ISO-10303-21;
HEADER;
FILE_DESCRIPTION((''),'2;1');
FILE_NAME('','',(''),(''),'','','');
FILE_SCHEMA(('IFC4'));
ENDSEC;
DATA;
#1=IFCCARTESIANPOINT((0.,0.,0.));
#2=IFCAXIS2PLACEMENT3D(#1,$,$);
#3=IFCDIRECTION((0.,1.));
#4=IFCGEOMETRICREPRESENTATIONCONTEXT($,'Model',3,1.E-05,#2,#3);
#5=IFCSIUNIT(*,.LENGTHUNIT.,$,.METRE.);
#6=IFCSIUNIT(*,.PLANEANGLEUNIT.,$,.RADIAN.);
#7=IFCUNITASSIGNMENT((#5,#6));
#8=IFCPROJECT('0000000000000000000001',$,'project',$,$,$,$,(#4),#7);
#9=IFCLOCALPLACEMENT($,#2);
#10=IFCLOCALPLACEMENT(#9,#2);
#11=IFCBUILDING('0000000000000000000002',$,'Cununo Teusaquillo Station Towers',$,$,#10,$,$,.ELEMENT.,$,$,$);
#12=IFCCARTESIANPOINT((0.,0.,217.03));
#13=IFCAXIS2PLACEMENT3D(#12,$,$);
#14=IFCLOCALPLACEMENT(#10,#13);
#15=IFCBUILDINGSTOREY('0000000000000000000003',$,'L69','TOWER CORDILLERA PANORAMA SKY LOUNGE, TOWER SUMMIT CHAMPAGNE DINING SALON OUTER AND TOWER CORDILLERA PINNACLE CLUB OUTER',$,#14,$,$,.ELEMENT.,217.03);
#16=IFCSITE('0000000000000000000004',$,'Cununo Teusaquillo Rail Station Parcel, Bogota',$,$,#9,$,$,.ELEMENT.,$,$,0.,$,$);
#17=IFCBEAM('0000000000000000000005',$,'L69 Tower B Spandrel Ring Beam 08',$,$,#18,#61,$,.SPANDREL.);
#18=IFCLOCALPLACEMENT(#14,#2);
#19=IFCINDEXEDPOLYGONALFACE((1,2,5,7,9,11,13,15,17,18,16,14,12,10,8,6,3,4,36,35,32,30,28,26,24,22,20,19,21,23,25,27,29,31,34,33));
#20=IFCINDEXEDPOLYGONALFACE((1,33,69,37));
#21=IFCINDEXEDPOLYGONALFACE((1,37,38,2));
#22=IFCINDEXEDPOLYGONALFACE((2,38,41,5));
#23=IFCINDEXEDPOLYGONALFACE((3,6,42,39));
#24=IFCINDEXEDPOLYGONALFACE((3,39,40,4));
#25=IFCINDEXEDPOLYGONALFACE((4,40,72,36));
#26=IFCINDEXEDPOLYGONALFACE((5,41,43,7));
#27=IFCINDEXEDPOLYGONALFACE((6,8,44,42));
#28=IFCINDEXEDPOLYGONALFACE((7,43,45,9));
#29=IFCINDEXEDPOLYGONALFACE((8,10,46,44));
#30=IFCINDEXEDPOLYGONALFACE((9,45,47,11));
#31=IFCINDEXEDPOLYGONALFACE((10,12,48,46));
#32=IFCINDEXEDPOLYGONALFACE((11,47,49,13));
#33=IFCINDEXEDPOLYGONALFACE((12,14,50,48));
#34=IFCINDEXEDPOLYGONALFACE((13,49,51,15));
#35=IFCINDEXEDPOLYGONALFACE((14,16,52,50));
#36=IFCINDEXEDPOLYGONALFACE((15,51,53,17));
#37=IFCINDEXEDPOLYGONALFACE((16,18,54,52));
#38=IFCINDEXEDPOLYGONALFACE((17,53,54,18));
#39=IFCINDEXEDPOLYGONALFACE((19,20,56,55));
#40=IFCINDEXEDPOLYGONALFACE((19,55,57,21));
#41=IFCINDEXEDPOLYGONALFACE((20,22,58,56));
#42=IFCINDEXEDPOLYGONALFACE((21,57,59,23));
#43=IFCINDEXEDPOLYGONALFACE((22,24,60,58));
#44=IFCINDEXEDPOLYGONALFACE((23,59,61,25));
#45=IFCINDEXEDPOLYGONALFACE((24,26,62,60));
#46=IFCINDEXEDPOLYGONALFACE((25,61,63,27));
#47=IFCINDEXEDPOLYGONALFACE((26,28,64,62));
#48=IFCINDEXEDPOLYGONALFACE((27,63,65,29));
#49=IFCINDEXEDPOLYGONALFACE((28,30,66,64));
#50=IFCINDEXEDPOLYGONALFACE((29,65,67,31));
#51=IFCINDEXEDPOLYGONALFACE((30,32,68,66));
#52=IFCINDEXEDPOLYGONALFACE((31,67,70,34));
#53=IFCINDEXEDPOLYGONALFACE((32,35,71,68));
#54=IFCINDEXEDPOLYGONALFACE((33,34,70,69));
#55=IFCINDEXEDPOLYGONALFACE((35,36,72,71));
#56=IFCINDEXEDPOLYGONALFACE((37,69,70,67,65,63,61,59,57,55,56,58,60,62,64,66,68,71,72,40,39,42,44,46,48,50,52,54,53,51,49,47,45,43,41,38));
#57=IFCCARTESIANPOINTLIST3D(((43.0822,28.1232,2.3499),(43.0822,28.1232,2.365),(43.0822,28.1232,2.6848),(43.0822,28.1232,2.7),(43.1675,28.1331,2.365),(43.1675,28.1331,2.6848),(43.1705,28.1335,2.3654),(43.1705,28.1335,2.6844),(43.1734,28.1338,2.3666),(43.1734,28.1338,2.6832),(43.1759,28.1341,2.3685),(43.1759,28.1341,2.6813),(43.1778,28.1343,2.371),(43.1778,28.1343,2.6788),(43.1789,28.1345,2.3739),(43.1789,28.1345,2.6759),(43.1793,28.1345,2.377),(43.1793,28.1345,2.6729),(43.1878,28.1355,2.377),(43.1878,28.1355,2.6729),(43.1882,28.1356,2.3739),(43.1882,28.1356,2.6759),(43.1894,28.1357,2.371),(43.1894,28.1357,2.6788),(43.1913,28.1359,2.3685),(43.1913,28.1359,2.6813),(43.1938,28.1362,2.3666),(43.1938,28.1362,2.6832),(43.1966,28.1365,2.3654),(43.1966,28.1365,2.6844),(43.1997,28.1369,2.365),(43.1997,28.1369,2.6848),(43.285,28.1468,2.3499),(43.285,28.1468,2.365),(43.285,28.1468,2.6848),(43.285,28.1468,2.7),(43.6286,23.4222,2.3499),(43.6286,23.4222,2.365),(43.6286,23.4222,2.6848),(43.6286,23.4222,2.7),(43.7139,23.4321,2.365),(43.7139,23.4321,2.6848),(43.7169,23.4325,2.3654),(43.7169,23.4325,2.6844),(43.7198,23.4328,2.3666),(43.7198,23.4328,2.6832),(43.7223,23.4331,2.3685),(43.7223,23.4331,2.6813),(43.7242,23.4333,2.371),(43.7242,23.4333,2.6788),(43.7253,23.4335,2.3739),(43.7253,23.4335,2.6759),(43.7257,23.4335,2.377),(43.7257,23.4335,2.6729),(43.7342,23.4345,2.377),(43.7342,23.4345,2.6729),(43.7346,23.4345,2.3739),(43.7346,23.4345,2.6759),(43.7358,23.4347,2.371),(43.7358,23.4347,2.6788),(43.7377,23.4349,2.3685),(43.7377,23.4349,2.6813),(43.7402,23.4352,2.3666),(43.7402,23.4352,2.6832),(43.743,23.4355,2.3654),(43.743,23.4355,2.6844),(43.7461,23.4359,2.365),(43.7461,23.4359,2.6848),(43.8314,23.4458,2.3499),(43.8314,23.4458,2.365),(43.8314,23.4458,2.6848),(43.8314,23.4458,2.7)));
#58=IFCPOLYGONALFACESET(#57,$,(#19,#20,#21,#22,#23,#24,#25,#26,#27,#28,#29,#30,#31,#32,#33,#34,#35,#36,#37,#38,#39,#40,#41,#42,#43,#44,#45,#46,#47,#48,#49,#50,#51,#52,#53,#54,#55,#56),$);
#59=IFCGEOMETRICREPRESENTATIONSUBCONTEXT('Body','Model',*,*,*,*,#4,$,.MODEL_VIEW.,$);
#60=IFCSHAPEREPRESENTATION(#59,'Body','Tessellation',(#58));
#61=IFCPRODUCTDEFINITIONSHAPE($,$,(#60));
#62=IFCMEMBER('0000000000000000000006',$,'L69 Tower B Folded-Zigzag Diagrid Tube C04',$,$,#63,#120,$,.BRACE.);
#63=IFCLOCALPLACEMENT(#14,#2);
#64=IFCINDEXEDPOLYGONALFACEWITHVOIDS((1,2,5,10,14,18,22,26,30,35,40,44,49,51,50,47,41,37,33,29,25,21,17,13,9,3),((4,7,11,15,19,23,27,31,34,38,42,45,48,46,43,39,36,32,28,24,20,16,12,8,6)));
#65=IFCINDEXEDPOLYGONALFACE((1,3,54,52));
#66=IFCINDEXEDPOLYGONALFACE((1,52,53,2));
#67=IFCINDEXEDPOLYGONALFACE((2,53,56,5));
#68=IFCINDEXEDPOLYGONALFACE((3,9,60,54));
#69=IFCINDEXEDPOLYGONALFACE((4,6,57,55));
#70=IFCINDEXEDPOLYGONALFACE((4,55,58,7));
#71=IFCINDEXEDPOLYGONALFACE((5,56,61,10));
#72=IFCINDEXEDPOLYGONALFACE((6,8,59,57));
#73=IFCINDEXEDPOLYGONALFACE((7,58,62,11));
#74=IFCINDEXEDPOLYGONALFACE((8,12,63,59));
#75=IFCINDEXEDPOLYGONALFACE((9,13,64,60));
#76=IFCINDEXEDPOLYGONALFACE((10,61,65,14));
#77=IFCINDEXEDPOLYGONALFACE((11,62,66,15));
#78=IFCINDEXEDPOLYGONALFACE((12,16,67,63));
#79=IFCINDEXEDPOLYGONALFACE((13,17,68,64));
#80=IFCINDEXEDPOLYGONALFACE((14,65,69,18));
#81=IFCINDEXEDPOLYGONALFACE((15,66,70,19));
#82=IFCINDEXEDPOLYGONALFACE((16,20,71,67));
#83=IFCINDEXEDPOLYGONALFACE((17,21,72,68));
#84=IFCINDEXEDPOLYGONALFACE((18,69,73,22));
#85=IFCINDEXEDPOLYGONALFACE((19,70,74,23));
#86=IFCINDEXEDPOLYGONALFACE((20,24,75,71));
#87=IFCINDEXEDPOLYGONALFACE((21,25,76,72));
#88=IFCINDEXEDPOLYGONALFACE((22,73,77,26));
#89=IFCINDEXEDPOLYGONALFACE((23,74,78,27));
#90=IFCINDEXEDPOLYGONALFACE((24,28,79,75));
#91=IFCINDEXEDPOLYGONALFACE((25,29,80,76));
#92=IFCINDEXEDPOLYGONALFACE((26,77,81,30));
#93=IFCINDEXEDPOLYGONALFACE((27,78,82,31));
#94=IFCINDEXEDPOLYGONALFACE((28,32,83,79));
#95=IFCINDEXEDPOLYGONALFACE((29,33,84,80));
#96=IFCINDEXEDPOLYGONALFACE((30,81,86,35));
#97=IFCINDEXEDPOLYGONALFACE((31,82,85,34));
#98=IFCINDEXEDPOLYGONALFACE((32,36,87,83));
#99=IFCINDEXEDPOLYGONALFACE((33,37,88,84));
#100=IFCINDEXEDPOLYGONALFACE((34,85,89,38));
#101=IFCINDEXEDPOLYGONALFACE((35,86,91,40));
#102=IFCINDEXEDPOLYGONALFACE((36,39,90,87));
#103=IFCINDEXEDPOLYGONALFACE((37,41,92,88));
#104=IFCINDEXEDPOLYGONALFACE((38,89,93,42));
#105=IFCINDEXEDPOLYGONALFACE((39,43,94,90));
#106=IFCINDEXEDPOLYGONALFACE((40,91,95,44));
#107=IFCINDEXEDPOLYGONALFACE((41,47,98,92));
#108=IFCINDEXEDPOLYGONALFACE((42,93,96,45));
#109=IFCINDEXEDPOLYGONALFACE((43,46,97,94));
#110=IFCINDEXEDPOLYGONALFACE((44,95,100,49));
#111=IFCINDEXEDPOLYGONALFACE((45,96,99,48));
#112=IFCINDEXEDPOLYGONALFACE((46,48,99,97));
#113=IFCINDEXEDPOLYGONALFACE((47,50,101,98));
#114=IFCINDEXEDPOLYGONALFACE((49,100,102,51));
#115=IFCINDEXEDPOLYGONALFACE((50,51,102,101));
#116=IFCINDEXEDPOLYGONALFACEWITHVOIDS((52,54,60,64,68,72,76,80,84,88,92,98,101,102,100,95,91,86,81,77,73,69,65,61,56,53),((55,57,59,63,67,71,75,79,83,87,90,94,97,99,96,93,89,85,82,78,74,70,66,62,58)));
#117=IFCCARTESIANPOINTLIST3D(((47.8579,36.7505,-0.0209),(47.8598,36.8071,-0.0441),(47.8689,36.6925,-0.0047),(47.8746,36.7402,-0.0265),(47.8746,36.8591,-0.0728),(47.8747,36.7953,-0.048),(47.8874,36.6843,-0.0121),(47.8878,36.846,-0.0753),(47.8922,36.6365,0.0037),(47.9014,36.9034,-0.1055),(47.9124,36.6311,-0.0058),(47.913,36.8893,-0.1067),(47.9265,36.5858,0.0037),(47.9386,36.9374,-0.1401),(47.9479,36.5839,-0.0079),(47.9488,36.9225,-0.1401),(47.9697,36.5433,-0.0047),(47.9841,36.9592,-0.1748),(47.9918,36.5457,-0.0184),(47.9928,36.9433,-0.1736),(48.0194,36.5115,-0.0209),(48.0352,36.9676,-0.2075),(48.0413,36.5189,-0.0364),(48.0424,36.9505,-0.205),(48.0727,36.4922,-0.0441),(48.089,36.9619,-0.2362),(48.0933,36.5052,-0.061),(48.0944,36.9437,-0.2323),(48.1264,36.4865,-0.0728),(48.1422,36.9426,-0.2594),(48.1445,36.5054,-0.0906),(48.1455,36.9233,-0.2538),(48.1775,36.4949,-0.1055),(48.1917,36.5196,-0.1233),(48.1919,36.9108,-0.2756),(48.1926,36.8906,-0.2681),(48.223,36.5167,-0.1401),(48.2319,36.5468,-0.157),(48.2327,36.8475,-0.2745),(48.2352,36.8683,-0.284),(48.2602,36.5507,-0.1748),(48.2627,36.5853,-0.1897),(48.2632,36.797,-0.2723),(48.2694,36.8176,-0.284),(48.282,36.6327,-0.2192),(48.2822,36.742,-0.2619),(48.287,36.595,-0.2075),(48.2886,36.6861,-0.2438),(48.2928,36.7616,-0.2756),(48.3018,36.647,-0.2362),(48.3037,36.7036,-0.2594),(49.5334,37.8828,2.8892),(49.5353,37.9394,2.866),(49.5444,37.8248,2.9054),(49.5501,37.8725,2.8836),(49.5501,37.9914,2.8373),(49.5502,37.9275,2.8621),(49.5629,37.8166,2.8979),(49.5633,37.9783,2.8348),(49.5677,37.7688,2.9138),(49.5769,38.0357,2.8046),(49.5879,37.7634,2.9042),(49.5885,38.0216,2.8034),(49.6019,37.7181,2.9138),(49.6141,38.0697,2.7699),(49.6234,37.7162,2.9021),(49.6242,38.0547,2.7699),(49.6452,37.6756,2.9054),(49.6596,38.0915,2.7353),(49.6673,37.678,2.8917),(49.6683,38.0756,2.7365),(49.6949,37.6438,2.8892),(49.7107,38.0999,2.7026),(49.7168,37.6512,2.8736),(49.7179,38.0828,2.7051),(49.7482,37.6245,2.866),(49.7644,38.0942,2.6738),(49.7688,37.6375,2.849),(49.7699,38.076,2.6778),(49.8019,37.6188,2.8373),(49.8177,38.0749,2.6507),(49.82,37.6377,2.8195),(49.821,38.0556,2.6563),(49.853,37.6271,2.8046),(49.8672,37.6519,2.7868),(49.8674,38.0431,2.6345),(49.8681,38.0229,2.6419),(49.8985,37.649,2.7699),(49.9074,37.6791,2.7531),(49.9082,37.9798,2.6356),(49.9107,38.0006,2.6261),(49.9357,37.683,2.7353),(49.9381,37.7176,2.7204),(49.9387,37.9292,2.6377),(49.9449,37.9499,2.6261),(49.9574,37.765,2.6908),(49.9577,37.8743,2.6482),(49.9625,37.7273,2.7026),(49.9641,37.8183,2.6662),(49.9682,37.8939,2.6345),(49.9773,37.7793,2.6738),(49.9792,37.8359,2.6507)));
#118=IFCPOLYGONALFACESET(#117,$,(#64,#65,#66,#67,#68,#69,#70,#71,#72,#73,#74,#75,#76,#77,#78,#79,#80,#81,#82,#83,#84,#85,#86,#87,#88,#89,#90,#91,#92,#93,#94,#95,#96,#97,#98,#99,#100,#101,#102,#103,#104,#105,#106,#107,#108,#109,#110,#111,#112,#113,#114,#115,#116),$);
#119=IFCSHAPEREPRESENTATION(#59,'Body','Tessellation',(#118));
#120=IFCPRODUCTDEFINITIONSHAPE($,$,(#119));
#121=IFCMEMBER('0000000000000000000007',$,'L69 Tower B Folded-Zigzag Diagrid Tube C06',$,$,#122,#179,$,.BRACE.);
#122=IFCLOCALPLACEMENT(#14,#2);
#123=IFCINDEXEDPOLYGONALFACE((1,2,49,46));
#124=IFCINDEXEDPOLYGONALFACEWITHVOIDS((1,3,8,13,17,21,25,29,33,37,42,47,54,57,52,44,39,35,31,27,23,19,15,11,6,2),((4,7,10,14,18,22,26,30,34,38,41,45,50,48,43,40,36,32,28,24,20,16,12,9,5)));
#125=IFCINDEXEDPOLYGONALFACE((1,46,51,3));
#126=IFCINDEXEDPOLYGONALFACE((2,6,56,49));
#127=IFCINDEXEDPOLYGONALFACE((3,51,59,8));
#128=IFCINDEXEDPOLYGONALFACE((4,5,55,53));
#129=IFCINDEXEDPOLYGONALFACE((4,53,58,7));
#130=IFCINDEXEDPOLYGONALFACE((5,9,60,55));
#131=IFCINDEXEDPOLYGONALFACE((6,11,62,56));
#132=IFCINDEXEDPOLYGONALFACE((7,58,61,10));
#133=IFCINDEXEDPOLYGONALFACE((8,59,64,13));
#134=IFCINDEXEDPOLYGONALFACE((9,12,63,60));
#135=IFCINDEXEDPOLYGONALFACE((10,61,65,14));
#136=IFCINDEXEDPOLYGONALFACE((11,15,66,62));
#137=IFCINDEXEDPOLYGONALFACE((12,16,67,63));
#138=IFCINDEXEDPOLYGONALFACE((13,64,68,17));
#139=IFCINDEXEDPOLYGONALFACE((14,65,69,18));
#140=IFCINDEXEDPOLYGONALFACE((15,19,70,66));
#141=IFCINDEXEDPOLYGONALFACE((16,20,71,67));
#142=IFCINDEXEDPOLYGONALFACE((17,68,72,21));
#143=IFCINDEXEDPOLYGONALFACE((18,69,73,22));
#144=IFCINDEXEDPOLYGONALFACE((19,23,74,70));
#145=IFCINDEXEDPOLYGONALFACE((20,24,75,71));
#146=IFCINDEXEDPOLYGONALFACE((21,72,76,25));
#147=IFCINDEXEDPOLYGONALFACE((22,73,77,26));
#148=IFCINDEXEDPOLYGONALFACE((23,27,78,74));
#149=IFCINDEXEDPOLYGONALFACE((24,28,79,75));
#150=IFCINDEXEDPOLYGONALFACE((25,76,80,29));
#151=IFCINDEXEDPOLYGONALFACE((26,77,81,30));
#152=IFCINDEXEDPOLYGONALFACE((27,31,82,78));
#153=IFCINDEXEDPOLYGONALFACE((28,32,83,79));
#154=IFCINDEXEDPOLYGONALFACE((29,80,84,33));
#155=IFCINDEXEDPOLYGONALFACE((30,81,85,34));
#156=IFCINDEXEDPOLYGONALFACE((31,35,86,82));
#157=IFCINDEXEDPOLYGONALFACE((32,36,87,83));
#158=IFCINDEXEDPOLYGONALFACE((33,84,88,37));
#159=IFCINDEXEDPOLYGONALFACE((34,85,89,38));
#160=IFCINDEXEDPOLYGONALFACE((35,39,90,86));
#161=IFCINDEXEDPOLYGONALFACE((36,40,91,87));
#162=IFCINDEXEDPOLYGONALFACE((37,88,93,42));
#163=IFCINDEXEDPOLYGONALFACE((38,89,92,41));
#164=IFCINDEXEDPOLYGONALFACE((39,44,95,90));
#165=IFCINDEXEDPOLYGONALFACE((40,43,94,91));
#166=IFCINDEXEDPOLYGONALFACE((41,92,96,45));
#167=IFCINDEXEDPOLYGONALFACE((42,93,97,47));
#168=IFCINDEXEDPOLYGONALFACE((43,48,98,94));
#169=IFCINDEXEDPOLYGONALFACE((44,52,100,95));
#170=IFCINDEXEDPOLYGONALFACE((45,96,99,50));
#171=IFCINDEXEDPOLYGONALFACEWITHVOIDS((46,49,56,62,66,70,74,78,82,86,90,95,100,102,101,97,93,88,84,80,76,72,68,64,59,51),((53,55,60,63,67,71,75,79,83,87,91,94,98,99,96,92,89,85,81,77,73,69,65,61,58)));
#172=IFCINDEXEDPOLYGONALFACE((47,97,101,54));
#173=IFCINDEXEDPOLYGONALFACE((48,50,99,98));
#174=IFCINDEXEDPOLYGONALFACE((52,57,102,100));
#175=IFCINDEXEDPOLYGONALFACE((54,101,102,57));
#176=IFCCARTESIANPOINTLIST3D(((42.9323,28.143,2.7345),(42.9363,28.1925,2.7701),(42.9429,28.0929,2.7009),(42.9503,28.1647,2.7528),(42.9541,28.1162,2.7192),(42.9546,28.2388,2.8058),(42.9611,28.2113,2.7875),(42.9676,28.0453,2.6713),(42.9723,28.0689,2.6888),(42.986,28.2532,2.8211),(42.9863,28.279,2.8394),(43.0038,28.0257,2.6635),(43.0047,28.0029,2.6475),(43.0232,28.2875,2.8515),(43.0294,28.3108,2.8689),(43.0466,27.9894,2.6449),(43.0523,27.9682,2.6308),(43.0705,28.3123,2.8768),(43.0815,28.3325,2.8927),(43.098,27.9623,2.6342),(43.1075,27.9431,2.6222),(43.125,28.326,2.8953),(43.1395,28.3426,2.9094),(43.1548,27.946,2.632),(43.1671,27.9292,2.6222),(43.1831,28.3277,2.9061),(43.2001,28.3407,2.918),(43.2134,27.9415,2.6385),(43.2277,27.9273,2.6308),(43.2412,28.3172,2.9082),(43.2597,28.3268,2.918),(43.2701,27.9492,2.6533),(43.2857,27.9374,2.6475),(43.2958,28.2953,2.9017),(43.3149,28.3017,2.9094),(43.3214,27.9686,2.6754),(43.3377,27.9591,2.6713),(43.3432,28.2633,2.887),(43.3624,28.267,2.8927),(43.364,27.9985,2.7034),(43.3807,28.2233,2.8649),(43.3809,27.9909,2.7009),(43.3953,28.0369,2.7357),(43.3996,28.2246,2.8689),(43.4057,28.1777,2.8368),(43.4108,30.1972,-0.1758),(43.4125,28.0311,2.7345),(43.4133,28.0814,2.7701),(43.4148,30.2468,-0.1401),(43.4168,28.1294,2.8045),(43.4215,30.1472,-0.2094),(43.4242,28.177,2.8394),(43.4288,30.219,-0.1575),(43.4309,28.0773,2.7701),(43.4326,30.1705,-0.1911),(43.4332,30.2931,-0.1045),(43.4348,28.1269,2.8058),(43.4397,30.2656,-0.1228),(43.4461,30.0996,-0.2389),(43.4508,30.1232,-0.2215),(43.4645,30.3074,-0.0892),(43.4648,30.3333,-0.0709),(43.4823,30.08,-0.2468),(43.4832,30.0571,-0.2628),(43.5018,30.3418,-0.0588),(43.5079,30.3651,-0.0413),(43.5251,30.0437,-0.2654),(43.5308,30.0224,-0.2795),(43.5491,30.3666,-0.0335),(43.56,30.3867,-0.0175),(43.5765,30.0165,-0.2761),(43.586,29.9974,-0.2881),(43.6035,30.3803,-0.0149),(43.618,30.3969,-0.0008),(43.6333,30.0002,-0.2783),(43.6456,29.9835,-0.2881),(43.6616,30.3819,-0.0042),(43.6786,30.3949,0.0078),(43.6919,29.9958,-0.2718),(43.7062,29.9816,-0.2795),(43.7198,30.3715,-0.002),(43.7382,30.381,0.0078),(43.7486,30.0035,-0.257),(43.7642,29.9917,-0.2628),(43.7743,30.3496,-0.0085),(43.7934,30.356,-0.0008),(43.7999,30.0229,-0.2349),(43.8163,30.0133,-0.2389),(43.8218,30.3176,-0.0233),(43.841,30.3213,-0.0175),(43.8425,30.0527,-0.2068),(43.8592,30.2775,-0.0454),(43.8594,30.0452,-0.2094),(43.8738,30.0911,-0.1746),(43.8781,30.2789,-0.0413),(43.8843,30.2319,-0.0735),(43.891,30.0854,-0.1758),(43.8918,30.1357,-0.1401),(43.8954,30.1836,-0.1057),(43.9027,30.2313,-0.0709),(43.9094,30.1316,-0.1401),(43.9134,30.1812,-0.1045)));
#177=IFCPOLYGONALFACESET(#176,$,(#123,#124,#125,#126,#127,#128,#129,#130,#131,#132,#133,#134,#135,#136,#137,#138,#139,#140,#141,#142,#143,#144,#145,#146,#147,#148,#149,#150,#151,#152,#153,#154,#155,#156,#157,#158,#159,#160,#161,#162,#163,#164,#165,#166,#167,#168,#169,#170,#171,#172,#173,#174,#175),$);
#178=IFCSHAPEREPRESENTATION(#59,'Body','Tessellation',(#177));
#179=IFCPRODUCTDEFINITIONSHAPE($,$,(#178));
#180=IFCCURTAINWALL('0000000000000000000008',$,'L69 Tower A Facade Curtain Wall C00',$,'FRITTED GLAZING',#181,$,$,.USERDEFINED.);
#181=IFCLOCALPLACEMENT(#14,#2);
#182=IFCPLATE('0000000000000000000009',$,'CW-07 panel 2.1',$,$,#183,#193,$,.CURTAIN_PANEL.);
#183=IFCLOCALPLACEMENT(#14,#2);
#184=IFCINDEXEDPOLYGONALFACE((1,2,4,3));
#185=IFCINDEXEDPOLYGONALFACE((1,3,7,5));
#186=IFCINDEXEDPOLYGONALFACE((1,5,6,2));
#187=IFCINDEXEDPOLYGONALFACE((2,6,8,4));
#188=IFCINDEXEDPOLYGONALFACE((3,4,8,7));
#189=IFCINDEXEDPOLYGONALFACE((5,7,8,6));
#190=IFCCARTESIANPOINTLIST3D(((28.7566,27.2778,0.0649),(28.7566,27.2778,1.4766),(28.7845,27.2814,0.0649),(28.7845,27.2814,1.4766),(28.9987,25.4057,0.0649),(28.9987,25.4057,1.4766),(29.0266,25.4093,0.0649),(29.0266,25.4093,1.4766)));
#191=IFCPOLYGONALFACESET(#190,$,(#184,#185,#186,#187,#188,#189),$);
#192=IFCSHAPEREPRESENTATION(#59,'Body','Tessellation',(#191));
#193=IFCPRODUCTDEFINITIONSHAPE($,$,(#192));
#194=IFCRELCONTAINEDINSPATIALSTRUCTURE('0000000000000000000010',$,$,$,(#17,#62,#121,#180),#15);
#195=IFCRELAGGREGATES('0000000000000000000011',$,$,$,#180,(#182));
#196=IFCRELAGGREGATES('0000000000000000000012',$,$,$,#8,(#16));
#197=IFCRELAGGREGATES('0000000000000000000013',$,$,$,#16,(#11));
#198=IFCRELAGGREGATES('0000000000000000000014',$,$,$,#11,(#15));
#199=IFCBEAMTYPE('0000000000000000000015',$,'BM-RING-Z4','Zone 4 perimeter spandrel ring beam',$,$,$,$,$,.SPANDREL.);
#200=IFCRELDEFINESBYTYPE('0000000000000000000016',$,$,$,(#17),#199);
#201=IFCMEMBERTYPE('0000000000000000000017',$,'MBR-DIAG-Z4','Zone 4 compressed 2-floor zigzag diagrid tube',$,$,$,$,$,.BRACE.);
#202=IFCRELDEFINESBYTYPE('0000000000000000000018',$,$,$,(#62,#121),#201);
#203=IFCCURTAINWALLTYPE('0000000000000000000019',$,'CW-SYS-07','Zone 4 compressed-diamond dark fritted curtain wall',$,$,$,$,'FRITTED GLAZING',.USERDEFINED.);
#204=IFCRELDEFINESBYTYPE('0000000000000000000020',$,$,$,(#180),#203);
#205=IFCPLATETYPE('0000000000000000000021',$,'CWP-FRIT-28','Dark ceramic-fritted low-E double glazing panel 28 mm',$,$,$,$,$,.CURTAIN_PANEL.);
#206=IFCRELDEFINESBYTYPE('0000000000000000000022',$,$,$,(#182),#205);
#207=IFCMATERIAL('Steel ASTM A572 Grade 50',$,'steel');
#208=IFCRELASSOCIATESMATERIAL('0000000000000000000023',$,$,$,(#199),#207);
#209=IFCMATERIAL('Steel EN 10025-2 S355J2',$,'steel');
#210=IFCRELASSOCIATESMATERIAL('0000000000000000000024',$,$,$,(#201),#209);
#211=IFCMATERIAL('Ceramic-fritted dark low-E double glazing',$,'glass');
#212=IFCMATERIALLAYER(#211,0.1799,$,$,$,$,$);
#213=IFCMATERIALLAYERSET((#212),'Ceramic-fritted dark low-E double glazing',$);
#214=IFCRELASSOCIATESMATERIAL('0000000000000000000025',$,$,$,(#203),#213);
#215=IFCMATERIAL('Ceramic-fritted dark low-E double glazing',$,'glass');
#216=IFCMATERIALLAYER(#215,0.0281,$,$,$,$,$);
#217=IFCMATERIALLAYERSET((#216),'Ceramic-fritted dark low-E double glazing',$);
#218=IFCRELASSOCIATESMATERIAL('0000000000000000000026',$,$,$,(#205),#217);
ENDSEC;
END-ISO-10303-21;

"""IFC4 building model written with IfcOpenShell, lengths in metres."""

from ifc_helpers import new_model, si_unit, direction, frame, origin, origin_2d, place, context, subcontext, project, spatial, rectangle, hollow_circle, i_section, extrude, source, transform, mapped, material, layer, layer_set, material_profile, profile_set, type_object, element, aggregate, save


model = new_model("IFC4")

# Units and contexts
model_context = context("Model", 3, precision=1e-05, world=origin(), true_north=direction((0.0, 1.0)))
body_context = subcontext(model_context, "Body", "Model", "MODEL_VIEW")
ifc_project = project(units=[si_unit("LENGTHUNIT", "METRE"), si_unit("PLANEANGLEUNIT", "RADIAN")], contexts=[model_context])

# Site, building, storey
site_placement = place(None, origin())
site = spatial("IfcSite", under=ifc_project, at=site_placement, Name="Cununo Teusaquillo Rail Station Parcel, Bogota", CompositionType="ELEMENT", RefElevation=0.0)
building_placement = place(site_placement, origin())
building = spatial("IfcBuilding", under=site, at=building_placement, Name="Cununo Teusaquillo Station Towers", CompositionType="ELEMENT")
storey_placement = place(building_placement, frame((0.0, 0.0, 217.03)))
storey = spatial("IfcBuildingStorey", under=building, at=storey_placement, Name="L69", Description="TOWER CORDILLERA PANORAMA SKY LOUNGE, TOWER SUMMIT CHAMPAGNE DINING SALON OUTER AND TOWER CORDILLERA PINNACLE CLUB OUTER", CompositionType="ELEMENT", Elevation=217.03)

# Beam
ifc_material_1 = material(Name="Steel ASTM A572 Grade 50", Category="steel")
ifc_material_profile_1 = material_profile(ifc_material_1, i_section(OverallWidth=0.2041, OverallDepth=0.3501, WebThickness=0.0085, FlangeThickness=0.0151, FilletRadius=0.012, at=origin_2d()), Name="W14X48")
ifc_profile_set_1 = profile_set([ifc_material_profile_1], Name="Steel ASTM A572 Grade 50")
beam_type_1 = type_object("IfcBeamType", Name="BM-RING-Z4", Description="Zone 4 perimeter spandrel ring beam", PredefinedType="SPANDREL", material=ifc_profile_set_1)
beam_1_placement = place(storey_placement, frame((43.1836, 28.135, 2.5249), z_axis=(0.115452, -0.993313, 0.0), x_axis=(0.993313, 0.115452, 0.0)))
element("IfcBeam", 1, at=beam_1_placement, inside=storey, type_object=beam_type_1, Name="L69 Tower B Spandrel Ring Beam 08", PredefinedType="SPANDREL", context=body_context, shape_type="SweptSolid", body=[
    extrude(i_section(OverallWidth=0.2041, OverallDepth=0.3501, WebThickness=0.0085, FlangeThickness=0.0151, FilletRadius=0.012, at=origin_2d()), origin(), (0.0, 0.0, 1.0), 4.7327),
])

# Members
ifc_material_2 = material(Name="Steel EN 10025-2 S355J2", Category="steel")
ifc_material_profile_2 = material_profile(ifc_material_2, hollow_circle(Radius=0.2539, WallThickness=0.0181, at=origin_2d()), Name="CHS 508x18")
ifc_profile_set_2 = profile_set([ifc_material_profile_2], Name="Steel EN 10025-2 S355J2")
member_type = type_object("IfcMemberType", Name="MBR-DIAG-Z4", Description="Zone 4 compressed 2-floor zigzag diagrid tube", PredefinedType="BRACE", material=ifc_profile_set_2)
member_1_placement = place(storey_placement, frame((48.0808, 36.7271, -0.1401), z_axis=(0.472807, 0.319522, 0.821194), x_axis=(-0.559927, 0.828542, 0.0)))
element("IfcMember", 2, at=member_1_placement, inside=storey, type_object=member_type, Name="L69 Tower B Folded-Zigzag Diagrid Tube C04", PredefinedType="BRACE", context=body_context, shape_type="SweptSolid", body=[
    extrude(hollow_circle(Radius=0.2539, WallThickness=0.0181, at=origin_2d()), origin(), (0.0, 0.0, 1.0), 3.5437),
])
member_2_placement = place(storey_placement, frame((43.6621, 30.1892, -0.1401), z_axis=(-0.133138, -0.571544, 0.809699), x_axis=(0.973925, -0.226871, 0.0)))
element("IfcMember", 3, at=member_2_placement, inside=storey, type_object=member_type, Name="L69 Tower B Folded-Zigzag Diagrid Tube C06", PredefinedType="BRACE", context=body_context, shape_type="SweptSolid", body=[
    extrude(hollow_circle(Radius=0.2539, WallThickness=0.0181, at=origin_2d()), origin(), (0.0, 0.0, 1.0), 3.5942),
])

# Curtain wall, plate
ifc_material_3 = material(Name="Ceramic-fritted dark low-E double glazing", Category="glass")
ifc_layer_1 = layer(ifc_material_3, 0.1799)
ifc_layer_set_1 = layer_set([ifc_layer_1], Name="Ceramic-fritted dark low-E double glazing")
curtain_wall_type = type_object("IfcCurtainWallType", Name="CW-SYS-07", Description="Zone 4 compressed-diamond dark fritted curtain wall", ElementType="FRITTED GLAZING", PredefinedType="USERDEFINED", material=ifc_layer_set_1)
curtain_wall_placement = place(storey_placement, origin())
curtain_wall = element("IfcCurtainWall", 4, at=curtain_wall_placement, inside=storey, type_object=curtain_wall_type, Name="L69 Tower A Facade Curtain Wall C00", ObjectType="FRITTED GLAZING", PredefinedType="USERDEFINED")
ifc_material_4 = material(Name="Ceramic-fritted dark low-E double glazing", Category="glass")
ifc_layer_2 = layer(ifc_material_4, 0.0281)
ifc_layer_set_2 = layer_set([ifc_layer_2], Name="Ceramic-fritted dark low-E double glazing")
plate_type = type_object("IfcPlateType", Name="CWP-FRIT-28", Description="Dark ceramic-fritted low-E double glazing panel 28 mm", PredefinedType="CURTAIN_PANEL", material=ifc_layer_set_2)
shared_shape_1 = source(origin(), body_context, "Body", "SweptSolid", [
    extrude(rectangle(XDim=1.8877, YDim=0.0281, at=origin_2d()), origin(), (0.0, 0.0, 1.0), 1.4116),
])
plate_1_placement = place(storey_placement, frame((28.8916, 26.3435, 0.0649), z_axis=(0.0, 0.0, 1.0), x_axis=(0.128253, -0.991742, 0.0)))
plate_1 = element("IfcPlate", 5, at=plate_1_placement, type_object=plate_type, Name="CW-07 panel 2.1", PredefinedType="CURTAIN_PANEL", context=body_context, shape_type="MappedRepresentation", body=[
    mapped(shared_shape_1, transform((0.0, 0.0, 0.0), x_axis=(1.0, 0.0, 0.0), y_axis=(0.0, 1.0, 0.0), z_axis=(0.0, 0.0, 1.0), scale=1.0)),
])
aggregate(curtain_wall, [plate_1])

save(model, "model.ifc")
